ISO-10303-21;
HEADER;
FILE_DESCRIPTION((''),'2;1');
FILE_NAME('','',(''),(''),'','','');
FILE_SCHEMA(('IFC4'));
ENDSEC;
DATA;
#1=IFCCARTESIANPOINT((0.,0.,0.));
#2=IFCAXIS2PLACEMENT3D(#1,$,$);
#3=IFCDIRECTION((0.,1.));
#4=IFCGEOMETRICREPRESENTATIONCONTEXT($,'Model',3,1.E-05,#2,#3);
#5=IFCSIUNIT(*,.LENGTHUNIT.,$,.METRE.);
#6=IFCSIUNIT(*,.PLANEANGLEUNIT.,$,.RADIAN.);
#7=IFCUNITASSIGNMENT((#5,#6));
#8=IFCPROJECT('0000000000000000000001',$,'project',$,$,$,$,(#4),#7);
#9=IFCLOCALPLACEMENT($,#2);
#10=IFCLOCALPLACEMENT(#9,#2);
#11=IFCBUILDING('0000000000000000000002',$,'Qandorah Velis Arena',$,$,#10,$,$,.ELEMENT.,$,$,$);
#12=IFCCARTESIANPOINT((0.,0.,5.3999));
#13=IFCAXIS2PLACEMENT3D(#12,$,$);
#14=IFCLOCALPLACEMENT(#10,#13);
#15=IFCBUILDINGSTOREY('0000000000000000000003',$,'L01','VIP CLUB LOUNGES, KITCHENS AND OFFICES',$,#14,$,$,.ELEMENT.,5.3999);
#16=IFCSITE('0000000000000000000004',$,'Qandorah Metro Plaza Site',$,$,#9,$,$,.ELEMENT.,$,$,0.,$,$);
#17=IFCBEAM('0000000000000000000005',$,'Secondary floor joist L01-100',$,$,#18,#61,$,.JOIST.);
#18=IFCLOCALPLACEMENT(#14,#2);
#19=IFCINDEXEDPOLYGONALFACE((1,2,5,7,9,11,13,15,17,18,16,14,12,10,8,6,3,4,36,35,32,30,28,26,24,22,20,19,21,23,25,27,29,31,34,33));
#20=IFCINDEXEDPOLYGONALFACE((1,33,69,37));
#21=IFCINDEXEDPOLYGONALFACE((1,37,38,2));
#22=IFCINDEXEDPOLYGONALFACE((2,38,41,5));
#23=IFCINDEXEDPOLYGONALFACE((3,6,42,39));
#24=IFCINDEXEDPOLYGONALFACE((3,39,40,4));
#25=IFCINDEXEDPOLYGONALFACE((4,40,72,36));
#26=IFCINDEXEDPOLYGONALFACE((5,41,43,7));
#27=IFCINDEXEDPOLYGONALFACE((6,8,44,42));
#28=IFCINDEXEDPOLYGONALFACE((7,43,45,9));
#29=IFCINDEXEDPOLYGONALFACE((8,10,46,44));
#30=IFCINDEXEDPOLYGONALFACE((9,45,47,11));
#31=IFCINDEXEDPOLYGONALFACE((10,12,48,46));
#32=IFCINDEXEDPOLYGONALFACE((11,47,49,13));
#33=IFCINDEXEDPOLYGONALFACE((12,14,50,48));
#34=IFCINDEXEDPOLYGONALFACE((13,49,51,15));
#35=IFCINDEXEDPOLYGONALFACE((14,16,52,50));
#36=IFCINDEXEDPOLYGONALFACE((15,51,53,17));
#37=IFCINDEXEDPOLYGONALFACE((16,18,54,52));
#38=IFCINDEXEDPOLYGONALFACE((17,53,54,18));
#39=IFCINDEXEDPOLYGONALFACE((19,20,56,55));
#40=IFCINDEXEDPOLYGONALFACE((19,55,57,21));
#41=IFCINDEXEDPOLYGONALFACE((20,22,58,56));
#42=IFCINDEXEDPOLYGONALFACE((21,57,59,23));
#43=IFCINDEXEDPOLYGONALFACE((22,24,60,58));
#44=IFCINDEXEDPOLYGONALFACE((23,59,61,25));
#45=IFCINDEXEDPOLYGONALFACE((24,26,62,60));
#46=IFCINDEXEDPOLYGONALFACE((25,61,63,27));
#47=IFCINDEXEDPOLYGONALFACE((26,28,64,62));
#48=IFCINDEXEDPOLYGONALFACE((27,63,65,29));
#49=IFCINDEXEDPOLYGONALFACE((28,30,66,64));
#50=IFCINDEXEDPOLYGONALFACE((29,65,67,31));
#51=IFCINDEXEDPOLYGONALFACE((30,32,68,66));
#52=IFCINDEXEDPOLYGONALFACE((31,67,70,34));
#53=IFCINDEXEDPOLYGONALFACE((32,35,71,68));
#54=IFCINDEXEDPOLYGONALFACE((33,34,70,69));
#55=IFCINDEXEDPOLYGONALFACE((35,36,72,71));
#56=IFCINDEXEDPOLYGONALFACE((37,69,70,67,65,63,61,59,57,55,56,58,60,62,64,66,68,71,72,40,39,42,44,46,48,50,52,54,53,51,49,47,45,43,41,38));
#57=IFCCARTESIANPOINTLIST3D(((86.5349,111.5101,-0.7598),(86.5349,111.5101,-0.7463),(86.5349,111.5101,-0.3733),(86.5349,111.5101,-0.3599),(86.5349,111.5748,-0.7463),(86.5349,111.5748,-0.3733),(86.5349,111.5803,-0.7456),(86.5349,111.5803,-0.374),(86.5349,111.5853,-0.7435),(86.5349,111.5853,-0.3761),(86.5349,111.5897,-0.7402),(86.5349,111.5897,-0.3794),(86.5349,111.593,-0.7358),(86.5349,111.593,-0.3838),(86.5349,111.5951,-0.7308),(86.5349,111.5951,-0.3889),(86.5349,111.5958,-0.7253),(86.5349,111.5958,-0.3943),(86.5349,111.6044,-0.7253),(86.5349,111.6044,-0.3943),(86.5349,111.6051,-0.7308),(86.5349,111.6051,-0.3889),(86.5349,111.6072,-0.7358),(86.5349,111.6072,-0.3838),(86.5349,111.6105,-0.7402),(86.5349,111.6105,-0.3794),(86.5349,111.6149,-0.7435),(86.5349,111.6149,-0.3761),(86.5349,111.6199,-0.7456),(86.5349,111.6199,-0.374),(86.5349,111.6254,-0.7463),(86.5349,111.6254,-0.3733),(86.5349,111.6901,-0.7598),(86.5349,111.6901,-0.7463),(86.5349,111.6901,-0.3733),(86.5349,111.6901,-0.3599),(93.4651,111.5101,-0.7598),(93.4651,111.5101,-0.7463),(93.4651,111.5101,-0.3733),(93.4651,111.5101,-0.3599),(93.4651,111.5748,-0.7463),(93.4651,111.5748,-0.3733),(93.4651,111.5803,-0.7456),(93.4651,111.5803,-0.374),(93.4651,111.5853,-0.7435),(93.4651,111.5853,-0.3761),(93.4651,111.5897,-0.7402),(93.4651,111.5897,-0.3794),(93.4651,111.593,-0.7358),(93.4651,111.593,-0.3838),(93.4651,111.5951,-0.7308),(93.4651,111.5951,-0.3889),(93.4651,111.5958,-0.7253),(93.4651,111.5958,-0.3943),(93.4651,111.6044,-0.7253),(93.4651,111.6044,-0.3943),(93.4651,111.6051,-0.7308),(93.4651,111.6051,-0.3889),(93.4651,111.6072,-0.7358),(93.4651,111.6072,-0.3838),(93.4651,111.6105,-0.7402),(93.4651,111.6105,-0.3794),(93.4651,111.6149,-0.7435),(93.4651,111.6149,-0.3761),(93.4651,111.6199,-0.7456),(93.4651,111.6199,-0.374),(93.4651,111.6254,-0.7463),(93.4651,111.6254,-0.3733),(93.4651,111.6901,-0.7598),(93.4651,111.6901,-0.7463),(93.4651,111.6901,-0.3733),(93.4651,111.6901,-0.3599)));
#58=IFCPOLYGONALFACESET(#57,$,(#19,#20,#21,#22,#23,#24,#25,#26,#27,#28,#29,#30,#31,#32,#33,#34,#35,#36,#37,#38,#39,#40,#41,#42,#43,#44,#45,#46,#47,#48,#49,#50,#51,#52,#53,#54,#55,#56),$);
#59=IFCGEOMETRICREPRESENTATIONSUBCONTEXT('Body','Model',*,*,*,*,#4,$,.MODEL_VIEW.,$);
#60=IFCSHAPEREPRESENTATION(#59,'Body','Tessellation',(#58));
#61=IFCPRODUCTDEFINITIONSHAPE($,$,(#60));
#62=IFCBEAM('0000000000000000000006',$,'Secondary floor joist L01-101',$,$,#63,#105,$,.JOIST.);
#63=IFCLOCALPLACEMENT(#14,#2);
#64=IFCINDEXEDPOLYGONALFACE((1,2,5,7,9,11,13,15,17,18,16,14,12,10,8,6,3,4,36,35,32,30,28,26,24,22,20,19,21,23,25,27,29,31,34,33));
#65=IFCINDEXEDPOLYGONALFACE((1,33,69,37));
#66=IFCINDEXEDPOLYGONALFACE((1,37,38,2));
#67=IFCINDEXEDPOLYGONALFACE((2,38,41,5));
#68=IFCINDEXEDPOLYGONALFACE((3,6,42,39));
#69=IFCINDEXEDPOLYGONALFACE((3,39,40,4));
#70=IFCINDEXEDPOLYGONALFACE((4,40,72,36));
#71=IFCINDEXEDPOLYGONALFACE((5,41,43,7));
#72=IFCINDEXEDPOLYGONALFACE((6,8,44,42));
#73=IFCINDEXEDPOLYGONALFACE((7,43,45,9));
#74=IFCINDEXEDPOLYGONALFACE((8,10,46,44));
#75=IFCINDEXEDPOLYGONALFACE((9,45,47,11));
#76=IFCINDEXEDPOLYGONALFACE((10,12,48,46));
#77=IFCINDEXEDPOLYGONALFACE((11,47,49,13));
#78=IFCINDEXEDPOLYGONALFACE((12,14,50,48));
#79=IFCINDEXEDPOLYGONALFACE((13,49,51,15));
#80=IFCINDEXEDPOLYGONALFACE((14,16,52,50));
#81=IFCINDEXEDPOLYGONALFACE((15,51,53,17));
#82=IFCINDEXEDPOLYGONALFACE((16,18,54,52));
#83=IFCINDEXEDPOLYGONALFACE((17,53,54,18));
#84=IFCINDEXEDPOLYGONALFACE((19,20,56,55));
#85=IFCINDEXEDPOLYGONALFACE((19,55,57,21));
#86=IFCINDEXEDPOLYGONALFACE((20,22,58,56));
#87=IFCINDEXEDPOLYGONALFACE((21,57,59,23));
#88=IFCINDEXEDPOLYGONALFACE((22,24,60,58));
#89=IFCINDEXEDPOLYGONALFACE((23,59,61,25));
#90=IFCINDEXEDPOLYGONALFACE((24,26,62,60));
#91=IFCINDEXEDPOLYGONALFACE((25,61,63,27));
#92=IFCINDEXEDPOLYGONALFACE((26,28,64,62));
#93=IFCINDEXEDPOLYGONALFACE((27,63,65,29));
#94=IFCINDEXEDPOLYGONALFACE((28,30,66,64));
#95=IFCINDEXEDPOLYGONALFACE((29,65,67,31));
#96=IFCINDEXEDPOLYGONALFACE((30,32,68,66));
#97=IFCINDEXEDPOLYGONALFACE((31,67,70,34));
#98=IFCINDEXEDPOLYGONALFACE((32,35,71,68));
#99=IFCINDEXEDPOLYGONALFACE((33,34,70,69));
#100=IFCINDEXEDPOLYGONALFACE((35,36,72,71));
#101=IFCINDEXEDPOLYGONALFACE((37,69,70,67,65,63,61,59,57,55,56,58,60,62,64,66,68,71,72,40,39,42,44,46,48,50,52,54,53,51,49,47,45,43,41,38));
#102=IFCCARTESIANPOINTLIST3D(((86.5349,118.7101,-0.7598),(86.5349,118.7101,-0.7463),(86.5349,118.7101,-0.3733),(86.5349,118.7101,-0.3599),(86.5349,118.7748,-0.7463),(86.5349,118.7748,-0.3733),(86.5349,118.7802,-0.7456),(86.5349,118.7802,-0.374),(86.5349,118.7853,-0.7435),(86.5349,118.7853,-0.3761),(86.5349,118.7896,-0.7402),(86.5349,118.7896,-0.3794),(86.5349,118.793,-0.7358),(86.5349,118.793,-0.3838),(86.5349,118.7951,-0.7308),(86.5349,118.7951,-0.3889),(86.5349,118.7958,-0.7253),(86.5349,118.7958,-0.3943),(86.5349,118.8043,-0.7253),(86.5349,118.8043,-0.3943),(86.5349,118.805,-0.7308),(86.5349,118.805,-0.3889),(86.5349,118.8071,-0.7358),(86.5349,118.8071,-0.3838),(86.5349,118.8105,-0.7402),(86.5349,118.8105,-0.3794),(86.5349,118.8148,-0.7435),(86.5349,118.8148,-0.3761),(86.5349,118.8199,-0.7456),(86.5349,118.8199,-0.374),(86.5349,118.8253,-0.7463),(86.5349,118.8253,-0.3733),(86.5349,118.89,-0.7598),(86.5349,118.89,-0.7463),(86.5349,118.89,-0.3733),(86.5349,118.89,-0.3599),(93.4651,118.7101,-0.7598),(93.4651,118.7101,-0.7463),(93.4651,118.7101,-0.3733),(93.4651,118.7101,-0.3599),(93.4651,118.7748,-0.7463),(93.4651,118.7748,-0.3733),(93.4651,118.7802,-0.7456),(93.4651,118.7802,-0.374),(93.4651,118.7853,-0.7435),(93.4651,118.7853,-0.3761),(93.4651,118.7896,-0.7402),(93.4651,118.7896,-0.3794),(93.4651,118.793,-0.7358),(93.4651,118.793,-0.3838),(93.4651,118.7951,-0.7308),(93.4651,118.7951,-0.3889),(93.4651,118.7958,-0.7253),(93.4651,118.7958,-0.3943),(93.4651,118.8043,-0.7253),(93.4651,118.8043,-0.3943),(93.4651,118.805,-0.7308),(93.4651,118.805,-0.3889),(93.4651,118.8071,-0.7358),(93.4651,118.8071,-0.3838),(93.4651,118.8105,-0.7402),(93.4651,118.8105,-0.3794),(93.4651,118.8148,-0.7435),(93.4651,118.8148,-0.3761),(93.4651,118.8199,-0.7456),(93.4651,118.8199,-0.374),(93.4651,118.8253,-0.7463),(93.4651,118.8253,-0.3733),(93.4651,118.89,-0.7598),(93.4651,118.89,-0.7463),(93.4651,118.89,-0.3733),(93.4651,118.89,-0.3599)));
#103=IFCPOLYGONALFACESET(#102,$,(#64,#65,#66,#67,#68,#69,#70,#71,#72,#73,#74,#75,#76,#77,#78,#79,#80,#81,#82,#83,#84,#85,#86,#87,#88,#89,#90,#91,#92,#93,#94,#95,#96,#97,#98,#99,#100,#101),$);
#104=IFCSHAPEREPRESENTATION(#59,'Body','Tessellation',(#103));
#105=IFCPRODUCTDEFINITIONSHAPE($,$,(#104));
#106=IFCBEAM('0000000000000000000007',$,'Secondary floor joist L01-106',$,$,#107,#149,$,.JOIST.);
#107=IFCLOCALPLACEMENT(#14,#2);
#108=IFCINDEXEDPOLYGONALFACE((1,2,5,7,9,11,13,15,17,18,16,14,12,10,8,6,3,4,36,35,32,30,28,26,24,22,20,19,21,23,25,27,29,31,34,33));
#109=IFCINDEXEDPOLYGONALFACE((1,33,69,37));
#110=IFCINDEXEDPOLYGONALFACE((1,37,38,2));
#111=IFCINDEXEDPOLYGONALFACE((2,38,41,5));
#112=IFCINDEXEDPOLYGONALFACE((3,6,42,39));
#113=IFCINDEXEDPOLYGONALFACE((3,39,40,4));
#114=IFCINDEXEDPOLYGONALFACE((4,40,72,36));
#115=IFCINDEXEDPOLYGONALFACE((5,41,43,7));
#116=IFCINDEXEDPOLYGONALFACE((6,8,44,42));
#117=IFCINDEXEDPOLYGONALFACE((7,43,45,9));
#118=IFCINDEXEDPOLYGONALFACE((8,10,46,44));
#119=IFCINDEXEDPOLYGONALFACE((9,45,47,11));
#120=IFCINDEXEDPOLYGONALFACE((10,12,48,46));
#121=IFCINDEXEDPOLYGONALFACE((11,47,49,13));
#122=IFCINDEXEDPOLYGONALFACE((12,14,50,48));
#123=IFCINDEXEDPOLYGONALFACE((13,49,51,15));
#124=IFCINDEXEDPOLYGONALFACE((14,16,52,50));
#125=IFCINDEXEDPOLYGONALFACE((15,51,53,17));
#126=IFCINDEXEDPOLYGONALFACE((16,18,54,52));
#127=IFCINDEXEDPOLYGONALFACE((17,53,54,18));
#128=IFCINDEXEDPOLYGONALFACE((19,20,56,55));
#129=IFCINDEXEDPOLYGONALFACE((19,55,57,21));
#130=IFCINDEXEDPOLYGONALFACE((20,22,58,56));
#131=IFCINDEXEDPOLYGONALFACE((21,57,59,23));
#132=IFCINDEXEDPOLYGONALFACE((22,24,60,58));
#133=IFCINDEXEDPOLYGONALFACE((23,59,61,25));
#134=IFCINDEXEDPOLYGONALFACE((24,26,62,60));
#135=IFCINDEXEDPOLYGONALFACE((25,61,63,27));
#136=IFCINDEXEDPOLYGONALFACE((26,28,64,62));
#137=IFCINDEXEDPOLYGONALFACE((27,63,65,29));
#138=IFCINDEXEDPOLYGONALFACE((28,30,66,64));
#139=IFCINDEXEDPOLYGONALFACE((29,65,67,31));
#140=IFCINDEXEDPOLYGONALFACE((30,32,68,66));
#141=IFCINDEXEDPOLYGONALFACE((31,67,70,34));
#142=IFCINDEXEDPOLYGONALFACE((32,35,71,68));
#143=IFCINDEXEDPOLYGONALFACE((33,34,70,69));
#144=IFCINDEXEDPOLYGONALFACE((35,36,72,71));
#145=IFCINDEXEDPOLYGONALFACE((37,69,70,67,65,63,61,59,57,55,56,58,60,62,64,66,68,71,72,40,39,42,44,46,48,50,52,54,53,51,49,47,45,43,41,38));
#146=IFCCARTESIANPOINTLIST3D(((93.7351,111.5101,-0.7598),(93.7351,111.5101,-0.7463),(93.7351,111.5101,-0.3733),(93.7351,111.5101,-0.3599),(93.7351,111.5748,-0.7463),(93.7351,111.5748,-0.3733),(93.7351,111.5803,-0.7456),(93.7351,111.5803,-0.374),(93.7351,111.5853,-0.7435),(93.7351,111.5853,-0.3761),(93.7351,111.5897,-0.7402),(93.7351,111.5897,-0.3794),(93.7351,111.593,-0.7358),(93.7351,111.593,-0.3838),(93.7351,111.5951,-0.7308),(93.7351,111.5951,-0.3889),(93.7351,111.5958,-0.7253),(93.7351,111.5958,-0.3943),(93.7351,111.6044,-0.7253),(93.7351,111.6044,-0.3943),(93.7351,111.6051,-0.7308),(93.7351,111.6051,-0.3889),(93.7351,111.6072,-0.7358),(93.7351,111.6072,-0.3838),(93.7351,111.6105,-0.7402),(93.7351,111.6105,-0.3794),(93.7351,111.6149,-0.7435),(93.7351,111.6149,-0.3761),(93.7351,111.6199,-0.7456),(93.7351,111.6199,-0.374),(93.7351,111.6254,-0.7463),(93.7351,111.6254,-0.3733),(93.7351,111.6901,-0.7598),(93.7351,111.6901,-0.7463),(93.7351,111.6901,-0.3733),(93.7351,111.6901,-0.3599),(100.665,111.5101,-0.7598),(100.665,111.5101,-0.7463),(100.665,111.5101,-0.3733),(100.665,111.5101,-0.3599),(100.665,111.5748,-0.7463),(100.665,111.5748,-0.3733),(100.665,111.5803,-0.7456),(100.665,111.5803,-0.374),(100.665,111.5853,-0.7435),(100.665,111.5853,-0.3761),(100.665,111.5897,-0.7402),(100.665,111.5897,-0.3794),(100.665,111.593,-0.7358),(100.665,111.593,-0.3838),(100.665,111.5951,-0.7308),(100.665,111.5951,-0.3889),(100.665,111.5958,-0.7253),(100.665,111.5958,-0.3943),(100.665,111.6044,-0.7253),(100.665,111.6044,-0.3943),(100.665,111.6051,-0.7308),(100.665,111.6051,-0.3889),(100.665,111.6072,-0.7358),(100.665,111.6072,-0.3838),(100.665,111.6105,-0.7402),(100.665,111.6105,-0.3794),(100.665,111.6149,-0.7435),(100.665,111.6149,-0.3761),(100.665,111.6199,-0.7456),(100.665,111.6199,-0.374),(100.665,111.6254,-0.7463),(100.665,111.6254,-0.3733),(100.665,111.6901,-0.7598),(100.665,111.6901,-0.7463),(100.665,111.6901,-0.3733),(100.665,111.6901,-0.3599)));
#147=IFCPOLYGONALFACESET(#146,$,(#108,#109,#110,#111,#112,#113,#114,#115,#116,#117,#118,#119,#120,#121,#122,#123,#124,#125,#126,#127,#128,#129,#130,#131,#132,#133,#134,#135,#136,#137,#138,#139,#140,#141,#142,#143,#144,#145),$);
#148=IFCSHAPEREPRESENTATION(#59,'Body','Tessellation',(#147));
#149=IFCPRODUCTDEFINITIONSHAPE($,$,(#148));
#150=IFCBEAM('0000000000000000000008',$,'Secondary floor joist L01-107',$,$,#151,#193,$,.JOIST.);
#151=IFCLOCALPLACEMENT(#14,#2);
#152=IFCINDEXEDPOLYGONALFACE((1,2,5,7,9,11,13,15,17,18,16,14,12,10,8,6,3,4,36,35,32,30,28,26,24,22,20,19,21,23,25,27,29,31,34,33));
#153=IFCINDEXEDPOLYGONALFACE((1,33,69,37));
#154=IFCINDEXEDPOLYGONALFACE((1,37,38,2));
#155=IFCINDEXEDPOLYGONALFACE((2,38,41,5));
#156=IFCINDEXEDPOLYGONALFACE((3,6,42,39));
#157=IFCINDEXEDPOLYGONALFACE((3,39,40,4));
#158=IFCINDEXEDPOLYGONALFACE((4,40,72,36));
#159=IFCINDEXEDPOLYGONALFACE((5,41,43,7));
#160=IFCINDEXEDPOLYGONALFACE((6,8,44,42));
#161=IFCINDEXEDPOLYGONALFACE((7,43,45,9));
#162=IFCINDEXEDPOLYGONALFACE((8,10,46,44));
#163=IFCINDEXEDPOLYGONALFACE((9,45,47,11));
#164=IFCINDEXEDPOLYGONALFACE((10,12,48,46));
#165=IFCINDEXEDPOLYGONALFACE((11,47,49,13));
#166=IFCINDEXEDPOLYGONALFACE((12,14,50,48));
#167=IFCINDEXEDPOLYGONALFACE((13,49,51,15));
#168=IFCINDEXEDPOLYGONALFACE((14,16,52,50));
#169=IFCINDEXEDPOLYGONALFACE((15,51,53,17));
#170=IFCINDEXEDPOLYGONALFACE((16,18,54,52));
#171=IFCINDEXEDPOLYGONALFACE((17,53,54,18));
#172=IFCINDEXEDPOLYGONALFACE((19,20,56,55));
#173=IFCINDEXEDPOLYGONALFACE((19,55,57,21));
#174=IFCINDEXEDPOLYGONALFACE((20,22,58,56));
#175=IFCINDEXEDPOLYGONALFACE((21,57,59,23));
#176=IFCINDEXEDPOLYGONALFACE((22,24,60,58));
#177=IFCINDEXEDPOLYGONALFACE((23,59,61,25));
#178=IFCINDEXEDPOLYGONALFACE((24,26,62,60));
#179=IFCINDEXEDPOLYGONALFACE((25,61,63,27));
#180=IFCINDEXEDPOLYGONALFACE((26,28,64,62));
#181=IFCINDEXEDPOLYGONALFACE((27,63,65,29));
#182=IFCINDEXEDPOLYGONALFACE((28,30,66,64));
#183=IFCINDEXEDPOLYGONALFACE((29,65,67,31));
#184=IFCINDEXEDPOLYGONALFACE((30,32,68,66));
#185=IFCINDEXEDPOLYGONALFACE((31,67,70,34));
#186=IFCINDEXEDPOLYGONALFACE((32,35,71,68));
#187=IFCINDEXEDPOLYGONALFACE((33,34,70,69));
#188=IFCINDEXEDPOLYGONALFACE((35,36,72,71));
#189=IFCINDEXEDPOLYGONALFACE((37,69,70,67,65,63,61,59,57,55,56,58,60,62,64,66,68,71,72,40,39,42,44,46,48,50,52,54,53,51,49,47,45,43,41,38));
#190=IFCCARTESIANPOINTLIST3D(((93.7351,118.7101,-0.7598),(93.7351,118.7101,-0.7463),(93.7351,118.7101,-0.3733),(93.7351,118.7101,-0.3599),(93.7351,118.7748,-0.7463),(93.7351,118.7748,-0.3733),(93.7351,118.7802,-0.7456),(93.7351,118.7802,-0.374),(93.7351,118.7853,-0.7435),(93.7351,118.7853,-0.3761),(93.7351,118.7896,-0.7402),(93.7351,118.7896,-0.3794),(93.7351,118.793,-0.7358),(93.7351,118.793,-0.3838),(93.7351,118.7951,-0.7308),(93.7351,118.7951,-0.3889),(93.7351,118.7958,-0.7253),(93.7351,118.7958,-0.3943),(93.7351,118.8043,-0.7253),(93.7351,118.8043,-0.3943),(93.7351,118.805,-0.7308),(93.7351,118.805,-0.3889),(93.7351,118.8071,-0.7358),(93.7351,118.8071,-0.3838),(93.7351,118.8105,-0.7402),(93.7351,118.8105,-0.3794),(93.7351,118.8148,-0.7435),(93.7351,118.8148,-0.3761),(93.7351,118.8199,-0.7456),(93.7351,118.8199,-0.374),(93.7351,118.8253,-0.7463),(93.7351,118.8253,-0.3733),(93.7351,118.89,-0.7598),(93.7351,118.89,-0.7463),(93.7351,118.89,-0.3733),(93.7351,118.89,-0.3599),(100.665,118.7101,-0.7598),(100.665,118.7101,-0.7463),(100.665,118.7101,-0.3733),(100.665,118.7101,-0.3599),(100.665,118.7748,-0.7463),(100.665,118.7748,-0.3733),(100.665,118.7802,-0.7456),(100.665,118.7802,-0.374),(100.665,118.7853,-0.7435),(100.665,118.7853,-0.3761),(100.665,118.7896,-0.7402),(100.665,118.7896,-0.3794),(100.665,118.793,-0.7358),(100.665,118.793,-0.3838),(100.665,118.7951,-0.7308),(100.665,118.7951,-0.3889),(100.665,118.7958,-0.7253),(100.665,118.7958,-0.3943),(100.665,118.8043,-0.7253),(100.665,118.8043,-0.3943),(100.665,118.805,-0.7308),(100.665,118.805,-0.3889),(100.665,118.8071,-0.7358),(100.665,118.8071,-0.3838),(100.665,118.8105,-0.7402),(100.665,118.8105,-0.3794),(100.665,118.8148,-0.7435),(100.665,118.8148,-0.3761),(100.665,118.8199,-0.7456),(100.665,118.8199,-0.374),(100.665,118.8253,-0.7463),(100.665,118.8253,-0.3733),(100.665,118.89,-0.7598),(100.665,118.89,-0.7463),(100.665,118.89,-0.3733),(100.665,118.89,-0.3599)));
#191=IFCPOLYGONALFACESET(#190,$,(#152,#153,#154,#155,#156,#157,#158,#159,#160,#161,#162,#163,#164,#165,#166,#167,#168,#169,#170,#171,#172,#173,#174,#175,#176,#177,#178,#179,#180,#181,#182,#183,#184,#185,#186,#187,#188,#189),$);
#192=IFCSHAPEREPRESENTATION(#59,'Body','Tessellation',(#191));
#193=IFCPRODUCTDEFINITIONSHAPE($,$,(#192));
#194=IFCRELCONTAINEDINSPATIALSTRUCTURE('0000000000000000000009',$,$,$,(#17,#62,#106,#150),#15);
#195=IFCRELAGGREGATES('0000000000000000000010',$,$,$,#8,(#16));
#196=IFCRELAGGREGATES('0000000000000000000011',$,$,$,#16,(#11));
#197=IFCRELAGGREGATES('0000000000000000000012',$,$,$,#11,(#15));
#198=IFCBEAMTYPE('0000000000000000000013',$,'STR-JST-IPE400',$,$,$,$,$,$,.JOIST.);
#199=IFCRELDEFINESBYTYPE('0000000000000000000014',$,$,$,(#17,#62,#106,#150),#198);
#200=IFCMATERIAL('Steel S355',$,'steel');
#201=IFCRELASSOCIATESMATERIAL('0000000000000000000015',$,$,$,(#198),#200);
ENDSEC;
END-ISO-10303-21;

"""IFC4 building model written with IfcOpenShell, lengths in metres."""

from ifc_helpers import new_model, si_unit, direction, frame, origin, origin_2d, place, context, subcontext, project, spatial, i_section, extrude, material, material_profile, profile_set, type_object, element, save


model = new_model("IFC4")

# Units and contexts
model_context = context("Model", 3, precision=1e-05, world=origin(), true_north=direction((0.0, 1.0)))
body_context = subcontext(model_context, "Body", "Model", "MODEL_VIEW")
ifc_project = project(units=[si_unit("LENGTHUNIT", "METRE"), si_unit("PLANEANGLEUNIT", "RADIAN")], contexts=[model_context])

# Site, building, storey
site_placement = place(None, origin())
site = spatial("IfcSite", under=ifc_project, at=site_placement, Name="Qandorah Metro Plaza Site", CompositionType="ELEMENT", RefElevation=0.0)
building_placement = place(site_placement, origin())
building = spatial("IfcBuilding", under=site, at=building_placement, Name="Qandorah Velis Arena", CompositionType="ELEMENT")
storey_placement = place(building_placement, frame((0.0, 0.0, 5.3999)))
storey = spatial("IfcBuildingStorey", under=building, at=storey_placement, Name="L01", Description="VIP CLUB LOUNGES, KITCHENS AND OFFICES", CompositionType="ELEMENT", Elevation=5.3999)

# Beams
ifc_material_1 = material(Name="Steel S355", Category="steel")
ifc_material_profile_1 = material_profile(ifc_material_1, i_section(OverallWidth=0.1799, OverallDepth=0.3999, WebThickness=0.0085, FlangeThickness=0.0134, FilletRadius=0.021, at=origin_2d()), Name="IPE 400")
ifc_profile_set_1 = profile_set([ifc_material_profile_1], Name="Steel S355")
beam_type_1 = type_object("IfcBeamType", Name="STR-JST-IPE400", PredefinedType="JOIST", material=ifc_profile_set_1)
for number, where, z_axis, x_axis, name in (
    (1, (86.5349, 111.6001, -0.5598), (1.0, 0.0, 0.0), (0.0, 1.0, 0.0), "Secondary floor joist L01-100"),
    (2, (86.5349, 118.8, -0.5598), (1.0, 0.0, 0.0), (0.0, 1.0, 0.0), "Secondary floor joist L01-101"),
):
    element("IfcBeam", number, at=place(storey_placement, frame(where, z_axis=z_axis, x_axis=x_axis)), inside=storey, type_object=beam_type_1, Name=name, PredefinedType="JOIST", context=body_context, shape_type="SweptSolid", body=[
        extrude(i_section(OverallWidth=0.1799, OverallDepth=0.3999, WebThickness=0.0085, FlangeThickness=0.0134, FilletRadius=0.021, at=origin_2d()), origin(), (0.0, 0.0, 1.0), 6.9302),
    ])
for number, where, z_axis, x_axis, name in (
    (3, (93.7351, 111.6001, -0.5598), (1.0, 0.0, 0.0), (0.0, 1.0, 0.0), "Secondary floor joist L01-106"),
    (4, (93.7351, 118.8, -0.5598), (1.0, 0.0, 0.0), (0.0, 1.0, 0.0), "Secondary floor joist L01-107"),
):
    element("IfcBeam", number, at=place(storey_placement, frame(where, z_axis=z_axis, x_axis=x_axis)), inside=storey, type_object=beam_type_1, Name=name, PredefinedType="JOIST", context=body_context, shape_type="SweptSolid", body=[
        extrude(i_section(OverallWidth=0.1799, OverallDepth=0.3999, WebThickness=0.0085, FlangeThickness=0.0134, FilletRadius=0.021, at=origin_2d()), origin(), (0.0, 0.0, 1.0), 6.9299),
    ])

save(model, "model.ifc")
